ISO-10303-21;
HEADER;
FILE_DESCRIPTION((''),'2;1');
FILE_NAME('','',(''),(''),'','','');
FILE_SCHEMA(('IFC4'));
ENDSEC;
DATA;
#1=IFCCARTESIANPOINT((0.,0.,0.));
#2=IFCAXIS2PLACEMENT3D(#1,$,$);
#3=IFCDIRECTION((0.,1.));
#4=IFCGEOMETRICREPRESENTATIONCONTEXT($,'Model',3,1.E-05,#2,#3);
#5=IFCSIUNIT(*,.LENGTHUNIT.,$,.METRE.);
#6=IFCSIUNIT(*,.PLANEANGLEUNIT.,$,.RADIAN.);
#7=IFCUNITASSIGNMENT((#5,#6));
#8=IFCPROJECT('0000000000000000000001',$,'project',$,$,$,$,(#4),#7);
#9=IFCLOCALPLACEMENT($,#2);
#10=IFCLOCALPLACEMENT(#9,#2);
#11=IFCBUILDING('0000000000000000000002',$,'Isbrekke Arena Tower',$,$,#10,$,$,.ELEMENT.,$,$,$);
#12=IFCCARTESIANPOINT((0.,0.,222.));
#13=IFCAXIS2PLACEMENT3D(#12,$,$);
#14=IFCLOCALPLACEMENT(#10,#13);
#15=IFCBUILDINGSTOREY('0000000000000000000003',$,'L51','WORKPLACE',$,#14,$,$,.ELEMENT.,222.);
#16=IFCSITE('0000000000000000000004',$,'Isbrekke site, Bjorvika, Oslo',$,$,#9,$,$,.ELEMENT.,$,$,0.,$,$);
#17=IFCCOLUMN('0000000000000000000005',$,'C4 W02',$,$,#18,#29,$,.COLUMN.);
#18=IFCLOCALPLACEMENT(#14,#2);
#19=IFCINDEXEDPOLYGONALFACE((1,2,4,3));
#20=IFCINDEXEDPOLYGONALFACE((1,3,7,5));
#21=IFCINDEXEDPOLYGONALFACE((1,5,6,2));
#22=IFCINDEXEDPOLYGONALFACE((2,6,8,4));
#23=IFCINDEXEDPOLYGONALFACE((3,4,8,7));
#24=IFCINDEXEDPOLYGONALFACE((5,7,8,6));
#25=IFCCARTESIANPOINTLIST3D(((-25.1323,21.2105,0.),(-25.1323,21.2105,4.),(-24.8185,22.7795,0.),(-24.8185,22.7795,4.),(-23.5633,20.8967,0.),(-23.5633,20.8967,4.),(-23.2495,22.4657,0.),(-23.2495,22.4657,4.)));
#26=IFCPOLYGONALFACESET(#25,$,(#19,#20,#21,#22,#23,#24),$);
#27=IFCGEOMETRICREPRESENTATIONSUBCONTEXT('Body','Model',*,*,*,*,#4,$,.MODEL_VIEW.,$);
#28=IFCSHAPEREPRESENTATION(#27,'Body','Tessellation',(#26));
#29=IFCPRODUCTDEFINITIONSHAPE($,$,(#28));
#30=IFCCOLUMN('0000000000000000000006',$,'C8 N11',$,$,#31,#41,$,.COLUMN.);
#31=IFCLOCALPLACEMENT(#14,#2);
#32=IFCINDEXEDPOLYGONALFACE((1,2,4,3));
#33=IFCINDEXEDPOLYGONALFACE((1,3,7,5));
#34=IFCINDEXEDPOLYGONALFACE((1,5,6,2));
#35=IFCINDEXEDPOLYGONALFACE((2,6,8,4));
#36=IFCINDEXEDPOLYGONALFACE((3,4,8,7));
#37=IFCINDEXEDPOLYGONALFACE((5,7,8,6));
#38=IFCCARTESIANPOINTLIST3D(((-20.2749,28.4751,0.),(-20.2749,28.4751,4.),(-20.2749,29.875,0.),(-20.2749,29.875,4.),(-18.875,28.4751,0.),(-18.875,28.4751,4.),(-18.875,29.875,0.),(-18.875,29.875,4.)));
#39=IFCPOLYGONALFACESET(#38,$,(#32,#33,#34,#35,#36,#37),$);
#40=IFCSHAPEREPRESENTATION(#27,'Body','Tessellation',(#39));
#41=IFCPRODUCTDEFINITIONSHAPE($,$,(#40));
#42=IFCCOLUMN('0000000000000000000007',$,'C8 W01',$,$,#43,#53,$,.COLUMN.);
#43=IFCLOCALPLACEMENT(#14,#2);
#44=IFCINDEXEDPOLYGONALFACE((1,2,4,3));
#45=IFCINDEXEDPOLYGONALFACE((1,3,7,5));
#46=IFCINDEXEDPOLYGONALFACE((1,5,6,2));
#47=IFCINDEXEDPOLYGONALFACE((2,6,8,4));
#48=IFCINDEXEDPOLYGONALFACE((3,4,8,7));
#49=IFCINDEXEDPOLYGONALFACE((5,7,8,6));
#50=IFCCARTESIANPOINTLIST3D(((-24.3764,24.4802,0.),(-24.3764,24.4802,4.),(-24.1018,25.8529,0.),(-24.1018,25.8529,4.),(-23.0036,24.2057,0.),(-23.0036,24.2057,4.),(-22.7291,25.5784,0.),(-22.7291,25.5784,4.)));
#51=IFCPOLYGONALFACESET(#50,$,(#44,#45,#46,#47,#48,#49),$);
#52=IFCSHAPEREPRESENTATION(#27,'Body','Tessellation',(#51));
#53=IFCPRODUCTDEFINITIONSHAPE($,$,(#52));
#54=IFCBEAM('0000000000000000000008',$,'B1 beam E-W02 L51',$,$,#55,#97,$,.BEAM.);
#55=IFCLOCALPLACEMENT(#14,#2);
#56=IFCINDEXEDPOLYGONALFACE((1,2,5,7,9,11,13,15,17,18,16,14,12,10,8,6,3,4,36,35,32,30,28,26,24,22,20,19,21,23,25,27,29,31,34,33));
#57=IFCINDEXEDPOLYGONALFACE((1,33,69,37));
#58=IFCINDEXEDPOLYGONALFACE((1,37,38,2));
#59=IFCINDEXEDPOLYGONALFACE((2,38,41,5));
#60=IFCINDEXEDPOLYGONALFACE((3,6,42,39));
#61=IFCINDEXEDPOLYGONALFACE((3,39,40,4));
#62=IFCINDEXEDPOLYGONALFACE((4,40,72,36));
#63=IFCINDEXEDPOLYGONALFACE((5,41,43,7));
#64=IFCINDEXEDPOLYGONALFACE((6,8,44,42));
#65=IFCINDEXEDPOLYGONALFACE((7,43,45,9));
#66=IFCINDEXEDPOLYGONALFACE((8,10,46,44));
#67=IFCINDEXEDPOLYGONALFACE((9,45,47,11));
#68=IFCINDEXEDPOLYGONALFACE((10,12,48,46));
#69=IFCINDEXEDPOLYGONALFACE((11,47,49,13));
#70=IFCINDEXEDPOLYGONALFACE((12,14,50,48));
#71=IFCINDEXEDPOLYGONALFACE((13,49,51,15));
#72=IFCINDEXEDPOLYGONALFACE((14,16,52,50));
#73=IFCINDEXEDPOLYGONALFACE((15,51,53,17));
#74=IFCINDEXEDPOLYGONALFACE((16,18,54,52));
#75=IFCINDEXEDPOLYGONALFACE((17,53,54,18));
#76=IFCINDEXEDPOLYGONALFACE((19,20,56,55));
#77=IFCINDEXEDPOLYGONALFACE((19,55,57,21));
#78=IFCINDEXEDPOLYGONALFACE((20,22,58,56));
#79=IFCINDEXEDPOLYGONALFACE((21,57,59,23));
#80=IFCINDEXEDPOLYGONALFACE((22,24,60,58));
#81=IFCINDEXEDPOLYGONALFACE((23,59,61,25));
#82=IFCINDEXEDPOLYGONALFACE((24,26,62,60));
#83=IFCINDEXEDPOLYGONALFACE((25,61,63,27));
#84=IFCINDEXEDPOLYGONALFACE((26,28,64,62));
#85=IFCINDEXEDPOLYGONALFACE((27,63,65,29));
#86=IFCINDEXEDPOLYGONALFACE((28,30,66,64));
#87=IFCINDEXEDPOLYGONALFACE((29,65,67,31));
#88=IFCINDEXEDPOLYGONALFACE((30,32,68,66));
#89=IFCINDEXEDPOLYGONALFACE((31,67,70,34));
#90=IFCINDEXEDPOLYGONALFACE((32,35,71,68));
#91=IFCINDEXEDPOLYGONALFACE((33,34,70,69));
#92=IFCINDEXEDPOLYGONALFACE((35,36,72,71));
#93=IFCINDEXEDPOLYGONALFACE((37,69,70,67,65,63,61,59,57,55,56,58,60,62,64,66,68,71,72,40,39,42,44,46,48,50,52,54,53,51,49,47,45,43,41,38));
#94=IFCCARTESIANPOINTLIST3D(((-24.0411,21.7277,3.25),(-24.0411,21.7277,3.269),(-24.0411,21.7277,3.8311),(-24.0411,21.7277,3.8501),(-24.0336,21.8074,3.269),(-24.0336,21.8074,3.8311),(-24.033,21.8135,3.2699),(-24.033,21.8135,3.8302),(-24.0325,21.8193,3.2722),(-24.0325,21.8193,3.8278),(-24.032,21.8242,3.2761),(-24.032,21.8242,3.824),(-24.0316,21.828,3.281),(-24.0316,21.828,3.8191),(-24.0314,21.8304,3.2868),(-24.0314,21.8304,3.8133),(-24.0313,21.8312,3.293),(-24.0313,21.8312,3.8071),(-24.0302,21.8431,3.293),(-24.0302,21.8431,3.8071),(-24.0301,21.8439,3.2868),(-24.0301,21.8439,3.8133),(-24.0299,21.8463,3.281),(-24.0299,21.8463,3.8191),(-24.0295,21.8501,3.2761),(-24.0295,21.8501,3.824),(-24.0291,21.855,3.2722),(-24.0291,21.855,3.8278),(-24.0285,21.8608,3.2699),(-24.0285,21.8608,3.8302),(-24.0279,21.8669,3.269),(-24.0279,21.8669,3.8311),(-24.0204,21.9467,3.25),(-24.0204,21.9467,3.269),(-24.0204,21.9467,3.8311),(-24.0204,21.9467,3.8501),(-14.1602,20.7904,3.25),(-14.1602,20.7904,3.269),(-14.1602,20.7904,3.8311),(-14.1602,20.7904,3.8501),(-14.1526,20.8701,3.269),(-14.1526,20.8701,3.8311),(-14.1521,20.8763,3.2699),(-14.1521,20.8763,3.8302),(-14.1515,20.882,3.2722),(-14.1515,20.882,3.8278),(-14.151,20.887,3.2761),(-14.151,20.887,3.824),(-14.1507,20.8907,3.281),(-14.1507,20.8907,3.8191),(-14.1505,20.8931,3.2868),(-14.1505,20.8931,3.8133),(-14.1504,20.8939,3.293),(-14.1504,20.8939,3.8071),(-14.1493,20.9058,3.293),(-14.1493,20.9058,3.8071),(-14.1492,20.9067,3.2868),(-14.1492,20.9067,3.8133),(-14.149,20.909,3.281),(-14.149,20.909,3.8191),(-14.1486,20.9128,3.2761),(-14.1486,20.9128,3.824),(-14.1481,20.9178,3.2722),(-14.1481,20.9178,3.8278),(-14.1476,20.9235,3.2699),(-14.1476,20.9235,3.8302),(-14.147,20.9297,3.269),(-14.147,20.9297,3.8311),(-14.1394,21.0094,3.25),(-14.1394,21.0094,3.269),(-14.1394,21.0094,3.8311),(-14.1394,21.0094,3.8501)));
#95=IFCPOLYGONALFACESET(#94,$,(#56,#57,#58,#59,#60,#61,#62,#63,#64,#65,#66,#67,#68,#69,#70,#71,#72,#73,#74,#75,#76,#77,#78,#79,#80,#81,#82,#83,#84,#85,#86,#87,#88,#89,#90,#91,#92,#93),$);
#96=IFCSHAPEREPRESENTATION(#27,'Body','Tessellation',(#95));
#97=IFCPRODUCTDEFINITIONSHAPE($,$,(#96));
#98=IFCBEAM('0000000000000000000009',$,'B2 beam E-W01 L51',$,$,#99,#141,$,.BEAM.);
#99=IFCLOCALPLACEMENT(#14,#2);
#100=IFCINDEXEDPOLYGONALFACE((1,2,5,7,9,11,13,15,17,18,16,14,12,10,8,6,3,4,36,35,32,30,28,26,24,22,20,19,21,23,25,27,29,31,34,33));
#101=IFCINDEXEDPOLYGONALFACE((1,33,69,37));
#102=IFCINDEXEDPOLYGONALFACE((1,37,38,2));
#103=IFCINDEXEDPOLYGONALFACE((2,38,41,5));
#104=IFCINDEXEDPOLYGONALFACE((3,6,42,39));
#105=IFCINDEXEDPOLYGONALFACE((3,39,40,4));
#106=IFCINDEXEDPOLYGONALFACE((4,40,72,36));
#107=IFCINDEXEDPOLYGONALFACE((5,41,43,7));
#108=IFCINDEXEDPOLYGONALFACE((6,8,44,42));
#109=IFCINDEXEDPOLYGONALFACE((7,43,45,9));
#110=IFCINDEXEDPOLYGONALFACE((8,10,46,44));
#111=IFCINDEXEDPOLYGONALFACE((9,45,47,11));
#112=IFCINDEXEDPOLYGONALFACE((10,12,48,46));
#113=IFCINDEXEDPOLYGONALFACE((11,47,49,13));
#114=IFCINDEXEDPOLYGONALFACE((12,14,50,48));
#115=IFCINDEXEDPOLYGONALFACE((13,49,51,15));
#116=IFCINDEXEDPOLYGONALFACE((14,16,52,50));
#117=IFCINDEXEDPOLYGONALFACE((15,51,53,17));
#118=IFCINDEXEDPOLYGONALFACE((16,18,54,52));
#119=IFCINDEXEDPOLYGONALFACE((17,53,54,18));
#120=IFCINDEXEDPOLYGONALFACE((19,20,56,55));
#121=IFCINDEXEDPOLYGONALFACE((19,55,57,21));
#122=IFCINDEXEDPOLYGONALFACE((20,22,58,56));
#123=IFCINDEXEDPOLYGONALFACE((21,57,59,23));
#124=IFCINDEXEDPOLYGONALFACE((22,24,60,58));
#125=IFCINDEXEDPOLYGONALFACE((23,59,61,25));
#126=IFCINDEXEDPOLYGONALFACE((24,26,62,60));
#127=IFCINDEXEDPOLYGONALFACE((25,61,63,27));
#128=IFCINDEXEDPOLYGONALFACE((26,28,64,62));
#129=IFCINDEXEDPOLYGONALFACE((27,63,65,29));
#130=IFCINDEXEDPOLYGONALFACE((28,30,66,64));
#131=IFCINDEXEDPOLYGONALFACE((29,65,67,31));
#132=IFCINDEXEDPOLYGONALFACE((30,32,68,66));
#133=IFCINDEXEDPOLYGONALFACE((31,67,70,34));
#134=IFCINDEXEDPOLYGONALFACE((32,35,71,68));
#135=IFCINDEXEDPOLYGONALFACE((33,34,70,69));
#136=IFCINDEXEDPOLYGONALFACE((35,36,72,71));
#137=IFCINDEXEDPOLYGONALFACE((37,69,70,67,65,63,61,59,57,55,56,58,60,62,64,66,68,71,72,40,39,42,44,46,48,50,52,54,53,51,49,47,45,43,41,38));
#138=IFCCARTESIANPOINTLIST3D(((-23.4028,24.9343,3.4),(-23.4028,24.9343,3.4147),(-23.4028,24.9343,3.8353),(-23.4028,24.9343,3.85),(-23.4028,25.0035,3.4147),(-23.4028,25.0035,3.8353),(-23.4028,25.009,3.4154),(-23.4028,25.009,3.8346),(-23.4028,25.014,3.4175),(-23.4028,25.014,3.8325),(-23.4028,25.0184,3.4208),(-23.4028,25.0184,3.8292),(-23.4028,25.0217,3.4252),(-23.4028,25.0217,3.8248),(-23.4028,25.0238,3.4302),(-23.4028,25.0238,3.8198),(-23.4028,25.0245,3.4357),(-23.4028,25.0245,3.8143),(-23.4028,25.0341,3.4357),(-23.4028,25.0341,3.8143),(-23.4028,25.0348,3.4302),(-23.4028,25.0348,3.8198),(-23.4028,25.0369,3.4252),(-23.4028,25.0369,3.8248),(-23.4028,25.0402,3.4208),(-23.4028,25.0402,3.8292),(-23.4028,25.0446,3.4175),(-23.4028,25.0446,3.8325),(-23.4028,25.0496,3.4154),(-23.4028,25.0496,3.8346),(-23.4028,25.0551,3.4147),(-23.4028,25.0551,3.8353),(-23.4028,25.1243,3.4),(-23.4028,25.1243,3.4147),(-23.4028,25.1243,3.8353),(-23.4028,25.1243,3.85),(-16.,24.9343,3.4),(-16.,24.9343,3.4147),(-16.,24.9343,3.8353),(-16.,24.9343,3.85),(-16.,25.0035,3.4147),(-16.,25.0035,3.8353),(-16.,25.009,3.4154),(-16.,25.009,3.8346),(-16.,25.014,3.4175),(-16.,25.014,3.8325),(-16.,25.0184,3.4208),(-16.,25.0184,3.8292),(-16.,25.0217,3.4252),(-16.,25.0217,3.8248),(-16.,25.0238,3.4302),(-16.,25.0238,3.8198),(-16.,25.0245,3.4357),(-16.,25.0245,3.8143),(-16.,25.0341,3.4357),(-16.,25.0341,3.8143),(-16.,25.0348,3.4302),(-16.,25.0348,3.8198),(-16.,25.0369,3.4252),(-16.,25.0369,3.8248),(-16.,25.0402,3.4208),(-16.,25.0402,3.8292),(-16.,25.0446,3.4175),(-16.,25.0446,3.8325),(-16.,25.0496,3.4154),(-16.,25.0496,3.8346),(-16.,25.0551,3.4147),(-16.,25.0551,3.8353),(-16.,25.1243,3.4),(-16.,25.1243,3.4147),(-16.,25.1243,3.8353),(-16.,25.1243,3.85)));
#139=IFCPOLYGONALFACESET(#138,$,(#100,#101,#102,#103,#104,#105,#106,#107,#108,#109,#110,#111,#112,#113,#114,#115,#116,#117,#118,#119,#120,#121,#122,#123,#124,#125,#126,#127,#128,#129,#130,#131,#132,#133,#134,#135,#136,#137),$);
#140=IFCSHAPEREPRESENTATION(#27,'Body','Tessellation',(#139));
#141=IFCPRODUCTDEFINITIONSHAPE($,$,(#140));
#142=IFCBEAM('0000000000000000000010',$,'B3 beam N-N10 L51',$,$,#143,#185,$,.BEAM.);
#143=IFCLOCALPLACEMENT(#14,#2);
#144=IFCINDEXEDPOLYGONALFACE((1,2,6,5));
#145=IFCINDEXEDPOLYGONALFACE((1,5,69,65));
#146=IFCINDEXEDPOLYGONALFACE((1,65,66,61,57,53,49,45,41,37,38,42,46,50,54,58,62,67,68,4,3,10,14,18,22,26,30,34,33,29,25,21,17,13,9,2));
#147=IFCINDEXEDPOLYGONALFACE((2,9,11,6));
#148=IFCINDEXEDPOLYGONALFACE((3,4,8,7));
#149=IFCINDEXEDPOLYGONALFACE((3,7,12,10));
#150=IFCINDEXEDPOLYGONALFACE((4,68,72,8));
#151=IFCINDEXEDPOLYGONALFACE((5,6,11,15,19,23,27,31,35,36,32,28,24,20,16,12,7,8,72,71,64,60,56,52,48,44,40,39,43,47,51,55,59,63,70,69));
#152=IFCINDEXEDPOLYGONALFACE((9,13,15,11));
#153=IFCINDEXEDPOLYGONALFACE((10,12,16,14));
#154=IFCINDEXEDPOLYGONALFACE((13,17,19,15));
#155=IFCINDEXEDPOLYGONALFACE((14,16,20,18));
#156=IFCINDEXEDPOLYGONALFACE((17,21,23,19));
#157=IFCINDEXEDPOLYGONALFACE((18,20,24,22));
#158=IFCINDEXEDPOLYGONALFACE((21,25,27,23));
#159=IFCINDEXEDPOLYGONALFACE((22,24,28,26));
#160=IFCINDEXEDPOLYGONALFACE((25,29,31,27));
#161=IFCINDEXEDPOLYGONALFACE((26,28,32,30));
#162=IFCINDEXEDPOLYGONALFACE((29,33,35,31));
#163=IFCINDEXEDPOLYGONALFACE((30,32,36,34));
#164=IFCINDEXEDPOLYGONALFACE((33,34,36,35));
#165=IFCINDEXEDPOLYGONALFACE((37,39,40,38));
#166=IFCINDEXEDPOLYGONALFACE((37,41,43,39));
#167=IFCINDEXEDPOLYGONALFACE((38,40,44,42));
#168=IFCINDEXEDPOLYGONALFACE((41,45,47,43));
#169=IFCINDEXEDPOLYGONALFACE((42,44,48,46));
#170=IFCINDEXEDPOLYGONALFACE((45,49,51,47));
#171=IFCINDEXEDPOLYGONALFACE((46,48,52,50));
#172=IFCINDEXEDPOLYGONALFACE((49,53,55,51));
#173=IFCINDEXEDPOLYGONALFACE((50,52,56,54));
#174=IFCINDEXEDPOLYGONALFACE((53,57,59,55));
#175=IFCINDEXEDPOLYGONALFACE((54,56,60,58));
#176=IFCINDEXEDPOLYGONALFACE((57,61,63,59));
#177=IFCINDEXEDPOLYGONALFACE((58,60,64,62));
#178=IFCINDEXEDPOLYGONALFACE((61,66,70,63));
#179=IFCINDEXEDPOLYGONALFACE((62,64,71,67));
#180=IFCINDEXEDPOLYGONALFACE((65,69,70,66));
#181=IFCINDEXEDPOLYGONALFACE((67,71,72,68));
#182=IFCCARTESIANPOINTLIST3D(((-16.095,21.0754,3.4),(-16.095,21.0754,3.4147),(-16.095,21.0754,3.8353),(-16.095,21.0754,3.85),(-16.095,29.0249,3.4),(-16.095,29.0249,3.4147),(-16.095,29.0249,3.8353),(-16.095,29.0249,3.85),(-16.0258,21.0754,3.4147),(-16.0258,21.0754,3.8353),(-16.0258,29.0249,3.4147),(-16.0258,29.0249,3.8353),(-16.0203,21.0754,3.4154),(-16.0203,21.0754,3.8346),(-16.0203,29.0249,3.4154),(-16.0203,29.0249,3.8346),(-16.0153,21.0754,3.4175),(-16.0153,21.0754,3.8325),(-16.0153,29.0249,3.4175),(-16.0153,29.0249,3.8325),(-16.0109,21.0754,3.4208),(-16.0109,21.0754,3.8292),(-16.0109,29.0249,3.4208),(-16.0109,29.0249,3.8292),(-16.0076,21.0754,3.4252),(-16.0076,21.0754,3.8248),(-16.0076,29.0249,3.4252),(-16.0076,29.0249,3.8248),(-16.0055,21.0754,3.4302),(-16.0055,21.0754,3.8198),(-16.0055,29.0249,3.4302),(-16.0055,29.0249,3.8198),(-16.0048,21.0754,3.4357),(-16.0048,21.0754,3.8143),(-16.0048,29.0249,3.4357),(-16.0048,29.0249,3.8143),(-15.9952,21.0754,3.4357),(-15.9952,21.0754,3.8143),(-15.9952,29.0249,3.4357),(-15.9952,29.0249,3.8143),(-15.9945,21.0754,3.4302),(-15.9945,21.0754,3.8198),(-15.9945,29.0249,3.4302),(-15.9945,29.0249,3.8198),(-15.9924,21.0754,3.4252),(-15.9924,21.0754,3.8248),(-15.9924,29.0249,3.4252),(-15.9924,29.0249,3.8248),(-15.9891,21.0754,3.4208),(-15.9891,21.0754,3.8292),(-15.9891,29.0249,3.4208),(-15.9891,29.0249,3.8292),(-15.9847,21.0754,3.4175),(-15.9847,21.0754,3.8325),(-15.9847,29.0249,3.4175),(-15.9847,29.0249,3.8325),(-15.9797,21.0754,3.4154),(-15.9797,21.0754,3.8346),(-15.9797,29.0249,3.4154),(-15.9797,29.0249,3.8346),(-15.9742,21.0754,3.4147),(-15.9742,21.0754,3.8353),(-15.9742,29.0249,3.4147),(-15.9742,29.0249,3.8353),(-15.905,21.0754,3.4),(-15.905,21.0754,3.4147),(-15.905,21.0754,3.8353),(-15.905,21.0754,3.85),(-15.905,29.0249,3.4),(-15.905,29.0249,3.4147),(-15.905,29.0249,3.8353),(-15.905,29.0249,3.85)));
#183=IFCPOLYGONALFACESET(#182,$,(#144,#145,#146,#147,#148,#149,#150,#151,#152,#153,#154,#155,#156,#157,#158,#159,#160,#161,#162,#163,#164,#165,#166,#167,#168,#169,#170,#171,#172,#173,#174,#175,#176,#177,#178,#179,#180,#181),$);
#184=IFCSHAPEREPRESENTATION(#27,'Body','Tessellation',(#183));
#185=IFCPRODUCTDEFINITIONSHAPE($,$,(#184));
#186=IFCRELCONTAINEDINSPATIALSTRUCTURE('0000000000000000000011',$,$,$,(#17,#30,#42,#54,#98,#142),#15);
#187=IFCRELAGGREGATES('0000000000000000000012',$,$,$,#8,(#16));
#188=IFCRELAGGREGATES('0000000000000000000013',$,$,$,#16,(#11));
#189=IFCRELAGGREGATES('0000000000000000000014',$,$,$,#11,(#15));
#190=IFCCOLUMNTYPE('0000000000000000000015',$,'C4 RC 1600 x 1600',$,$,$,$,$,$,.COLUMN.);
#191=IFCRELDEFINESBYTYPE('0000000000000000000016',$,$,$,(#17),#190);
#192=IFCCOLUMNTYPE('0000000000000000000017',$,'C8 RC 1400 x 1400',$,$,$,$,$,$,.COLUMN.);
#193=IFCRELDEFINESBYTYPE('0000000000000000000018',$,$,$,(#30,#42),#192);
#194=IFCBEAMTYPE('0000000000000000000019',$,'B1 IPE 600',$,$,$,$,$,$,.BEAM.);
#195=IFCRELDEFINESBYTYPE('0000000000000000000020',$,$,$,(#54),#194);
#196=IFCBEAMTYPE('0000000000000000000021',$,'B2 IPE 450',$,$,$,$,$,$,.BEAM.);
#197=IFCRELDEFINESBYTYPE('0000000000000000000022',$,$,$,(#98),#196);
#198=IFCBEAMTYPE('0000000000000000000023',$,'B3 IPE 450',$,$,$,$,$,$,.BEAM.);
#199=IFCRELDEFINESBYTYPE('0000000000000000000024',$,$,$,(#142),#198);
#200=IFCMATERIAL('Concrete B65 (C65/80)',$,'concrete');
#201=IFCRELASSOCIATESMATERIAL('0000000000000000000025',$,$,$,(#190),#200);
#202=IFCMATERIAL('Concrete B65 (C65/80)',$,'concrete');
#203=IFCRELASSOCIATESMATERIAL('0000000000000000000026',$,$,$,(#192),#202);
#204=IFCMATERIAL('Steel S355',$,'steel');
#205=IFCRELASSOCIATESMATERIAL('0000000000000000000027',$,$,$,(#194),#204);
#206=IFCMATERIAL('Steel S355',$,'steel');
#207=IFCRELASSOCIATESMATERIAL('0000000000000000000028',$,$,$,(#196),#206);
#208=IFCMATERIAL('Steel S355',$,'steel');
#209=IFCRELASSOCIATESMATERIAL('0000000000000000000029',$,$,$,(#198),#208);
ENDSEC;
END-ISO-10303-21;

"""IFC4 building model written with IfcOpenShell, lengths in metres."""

from ifc_helpers import new_model, si_unit, direction, frame, origin, origin_2d, place, context, subcontext, project, spatial, rectangle, i_section, extrude, material, material_profile, profile_set, type_object, element, save


model = new_model("IFC4")

# Units and contexts
model_context = context("Model", 3, precision=1e-05, world=origin(), true_north=direction((0.0, 1.0)))
body_context = subcontext(model_context, "Body", "Model", "MODEL_VIEW")
ifc_project = project(units=[si_unit("LENGTHUNIT", "METRE"), si_unit("PLANEANGLEUNIT", "RADIAN")], contexts=[model_context])

# Site, building, storey
site_placement = place(None, origin())
site = spatial("IfcSite", under=ifc_project, at=site_placement, Name="Isbrekke site, Bjorvika, Oslo", CompositionType="ELEMENT", RefElevation=0.0)
building_placement = place(site_placement, origin())
building = spatial("IfcBuilding", under=site, at=building_placement, Name="Isbrekke Arena Tower", CompositionType="ELEMENT")
storey_placement = place(building_placement, frame((0.0, 0.0, 222.0)))
storey = spatial("IfcBuildingStorey", under=building, at=storey_placement, Name="L51", Description="WORKPLACE", CompositionType="ELEMENT", Elevation=222.0)

# Columns
ifc_material_1 = material(Name="Concrete B65 (C65/80)", Category="concrete")
ifc_material_profile_1 = material_profile(ifc_material_1, rectangle(XDim=1.6001, YDim=1.6001, at=origin_2d()), Name="RC 1600x1600")
ifc_profile_set_1 = profile_set([ifc_material_profile_1], Name="Concrete B65 (C65/80)")
column_type_1 = type_object("IfcColumnType", Name="C4 RC 1600 x 1600", PredefinedType="COLUMN", material=ifc_profile_set_1)
column_placement = place(storey_placement, frame((-24.1909, 21.8381, 0.0), z_axis=(0.0, 0.0, 1.0), x_axis=(-0.196116, -0.980581, 0.0)))
element("IfcColumn", 1, at=column_placement, inside=storey, type_object=column_type_1, Name="C4 W02", PredefinedType="COLUMN", context=body_context, shape_type="SweptSolid", body=[
    extrude(rectangle(XDim=1.6001, YDim=1.6001, at=origin_2d()), origin(), (0.0, 0.0, 1.0), 4.0),
])
ifc_material_2 = material(Name="Concrete B65 (C65/80)", Category="concrete")
ifc_material_profile_2 = material_profile(ifc_material_2, rectangle(XDim=1.3999, YDim=1.3999, at=origin_2d()), Name="RC 1400x1400")
ifc_profile_set_2 = profile_set([ifc_material_profile_2], Name="Concrete B65 (C65/80)")
column_type_2 = type_object("IfcColumnType", Name="C8 RC 1400 x 1400", PredefinedType="COLUMN", material=ifc_profile_set_2)
for number, where, z_axis, x_axis, name in (
    (2, (-19.575, 29.175, 0.0), (0.0, 0.0, 1.0), (-1.0, 0.0, 0.0), "C8 N11"),
    (3, (-23.5527, 25.0293, 0.0), (0.0, 0.0, 1.0), (-0.196116, -0.980581, 0.0), "C8 W01"),
):
    element("IfcColumn", number, at=place(storey_placement, frame(where, z_axis=z_axis, x_axis=x_axis)), inside=storey, type_object=column_type_2, Name=name, PredefinedType="COLUMN", context=body_context, shape_type="SweptSolid", body=[
        extrude(rectangle(XDim=1.3999, YDim=1.3999, at=origin_2d()), origin(), (0.0, 0.0, 1.0), 4.0),
    ])

# Beams
ifc_material_3 = material(Name="Steel S355", Category="steel")
ifc_material_profile_3 = material_profile(ifc_material_3, i_section(OverallWidth=0.22, OverallDepth=0.6001, WebThickness=0.012, FlangeThickness=0.019, FilletRadius=0.0239, at=origin_2d()), Name="IPE 600")
ifc_profile_set_3 = profile_set([ifc_material_profile_3], Name="Steel S355")
beam_type_1 = type_object("IfcBeamType", Name="B1 IPE 600", PredefinedType="BEAM", material=ifc_profile_set_3)
beam_1_placement = place(storey_placement, frame((-24.0308, 21.8372, 3.55), z_axis=(0.995531, -0.094432, 0.0), x_axis=(0.094432, 0.995531, 0.0)))
element("IfcBeam", 4, at=beam_1_placement, inside=storey, type_object=beam_type_1, Name="B1 beam E-W02 L51", PredefinedType="BEAM", context=body_context, shape_type="SweptSolid", body=[
    extrude(i_section(OverallWidth=0.22, OverallDepth=0.6001, WebThickness=0.012, FlangeThickness=0.019, FilletRadius=0.0239, at=origin_2d()), origin(), (0.0, 0.0, 1.0), 9.9253),
])
ifc_material_4 = material(Name="Steel S355", Category="steel")
ifc_material_profile_4 = material_profile(ifc_material_4, i_section(OverallWidth=0.1899, OverallDepth=0.45, WebThickness=0.0095, FlangeThickness=0.0146, FilletRadius=0.021, at=origin_2d()), Name="IPE 450")
ifc_profile_set_4 = profile_set([ifc_material_profile_4], Name="Steel S355")
beam_type_2 = type_object("IfcBeamType", Name="B2 IPE 450", PredefinedType="BEAM", material=ifc_profile_set_4)
beam_2_placement = place(storey_placement, frame((-23.4028, 25.0293, 3.625), z_axis=(1.0, 0.0, 0.0), x_axis=(0.0, 1.0, 0.0)))
element("IfcBeam", 5, at=beam_2_placement, inside=storey, type_object=beam_type_2, Name="B2 beam E-W01 L51", PredefinedType="BEAM", context=body_context, shape_type="SweptSolid", body=[
    extrude(i_section(OverallWidth=0.1899, OverallDepth=0.45, WebThickness=0.0095, FlangeThickness=0.0146, FilletRadius=0.021, at=origin_2d()), origin(), (0.0, 0.0, 1.0), 7.4028),
])
ifc_material_5 = material(Name="Steel S355", Category="steel")
ifc_material_profile_5 = material_profile(ifc_material_5, i_section(OverallWidth=0.1899, OverallDepth=0.45, WebThickness=0.0095, FlangeThickness=0.0146, FilletRadius=0.021, at=origin_2d()), Name="IPE 450")
ifc_profile_set_5 = profile_set([ifc_material_profile_5], Name="Steel S355")
beam_type_3 = type_object("IfcBeamType", Name="B3 IPE 450", PredefinedType="BEAM", material=ifc_profile_set_5)
beam_3_placement = place(storey_placement, frame((-16.0, 29.0249, 3.625), z_axis=(0.0, -1.0, 0.0), x_axis=(1.0, 0.0, 0.0)))
element("IfcBeam", 6, at=beam_3_placement, inside=storey, type_object=beam_type_3, Name="B3 beam N-N10 L51", PredefinedType="BEAM", context=body_context, shape_type="SweptSolid", body=[
    extrude(i_section(OverallWidth=0.1899, OverallDepth=0.45, WebThickness=0.0095, FlangeThickness=0.0146, FilletRadius=0.021, at=origin_2d()), origin(), (0.0, 0.0, 1.0), 7.9495),
])

save(model, "model.ifc")
